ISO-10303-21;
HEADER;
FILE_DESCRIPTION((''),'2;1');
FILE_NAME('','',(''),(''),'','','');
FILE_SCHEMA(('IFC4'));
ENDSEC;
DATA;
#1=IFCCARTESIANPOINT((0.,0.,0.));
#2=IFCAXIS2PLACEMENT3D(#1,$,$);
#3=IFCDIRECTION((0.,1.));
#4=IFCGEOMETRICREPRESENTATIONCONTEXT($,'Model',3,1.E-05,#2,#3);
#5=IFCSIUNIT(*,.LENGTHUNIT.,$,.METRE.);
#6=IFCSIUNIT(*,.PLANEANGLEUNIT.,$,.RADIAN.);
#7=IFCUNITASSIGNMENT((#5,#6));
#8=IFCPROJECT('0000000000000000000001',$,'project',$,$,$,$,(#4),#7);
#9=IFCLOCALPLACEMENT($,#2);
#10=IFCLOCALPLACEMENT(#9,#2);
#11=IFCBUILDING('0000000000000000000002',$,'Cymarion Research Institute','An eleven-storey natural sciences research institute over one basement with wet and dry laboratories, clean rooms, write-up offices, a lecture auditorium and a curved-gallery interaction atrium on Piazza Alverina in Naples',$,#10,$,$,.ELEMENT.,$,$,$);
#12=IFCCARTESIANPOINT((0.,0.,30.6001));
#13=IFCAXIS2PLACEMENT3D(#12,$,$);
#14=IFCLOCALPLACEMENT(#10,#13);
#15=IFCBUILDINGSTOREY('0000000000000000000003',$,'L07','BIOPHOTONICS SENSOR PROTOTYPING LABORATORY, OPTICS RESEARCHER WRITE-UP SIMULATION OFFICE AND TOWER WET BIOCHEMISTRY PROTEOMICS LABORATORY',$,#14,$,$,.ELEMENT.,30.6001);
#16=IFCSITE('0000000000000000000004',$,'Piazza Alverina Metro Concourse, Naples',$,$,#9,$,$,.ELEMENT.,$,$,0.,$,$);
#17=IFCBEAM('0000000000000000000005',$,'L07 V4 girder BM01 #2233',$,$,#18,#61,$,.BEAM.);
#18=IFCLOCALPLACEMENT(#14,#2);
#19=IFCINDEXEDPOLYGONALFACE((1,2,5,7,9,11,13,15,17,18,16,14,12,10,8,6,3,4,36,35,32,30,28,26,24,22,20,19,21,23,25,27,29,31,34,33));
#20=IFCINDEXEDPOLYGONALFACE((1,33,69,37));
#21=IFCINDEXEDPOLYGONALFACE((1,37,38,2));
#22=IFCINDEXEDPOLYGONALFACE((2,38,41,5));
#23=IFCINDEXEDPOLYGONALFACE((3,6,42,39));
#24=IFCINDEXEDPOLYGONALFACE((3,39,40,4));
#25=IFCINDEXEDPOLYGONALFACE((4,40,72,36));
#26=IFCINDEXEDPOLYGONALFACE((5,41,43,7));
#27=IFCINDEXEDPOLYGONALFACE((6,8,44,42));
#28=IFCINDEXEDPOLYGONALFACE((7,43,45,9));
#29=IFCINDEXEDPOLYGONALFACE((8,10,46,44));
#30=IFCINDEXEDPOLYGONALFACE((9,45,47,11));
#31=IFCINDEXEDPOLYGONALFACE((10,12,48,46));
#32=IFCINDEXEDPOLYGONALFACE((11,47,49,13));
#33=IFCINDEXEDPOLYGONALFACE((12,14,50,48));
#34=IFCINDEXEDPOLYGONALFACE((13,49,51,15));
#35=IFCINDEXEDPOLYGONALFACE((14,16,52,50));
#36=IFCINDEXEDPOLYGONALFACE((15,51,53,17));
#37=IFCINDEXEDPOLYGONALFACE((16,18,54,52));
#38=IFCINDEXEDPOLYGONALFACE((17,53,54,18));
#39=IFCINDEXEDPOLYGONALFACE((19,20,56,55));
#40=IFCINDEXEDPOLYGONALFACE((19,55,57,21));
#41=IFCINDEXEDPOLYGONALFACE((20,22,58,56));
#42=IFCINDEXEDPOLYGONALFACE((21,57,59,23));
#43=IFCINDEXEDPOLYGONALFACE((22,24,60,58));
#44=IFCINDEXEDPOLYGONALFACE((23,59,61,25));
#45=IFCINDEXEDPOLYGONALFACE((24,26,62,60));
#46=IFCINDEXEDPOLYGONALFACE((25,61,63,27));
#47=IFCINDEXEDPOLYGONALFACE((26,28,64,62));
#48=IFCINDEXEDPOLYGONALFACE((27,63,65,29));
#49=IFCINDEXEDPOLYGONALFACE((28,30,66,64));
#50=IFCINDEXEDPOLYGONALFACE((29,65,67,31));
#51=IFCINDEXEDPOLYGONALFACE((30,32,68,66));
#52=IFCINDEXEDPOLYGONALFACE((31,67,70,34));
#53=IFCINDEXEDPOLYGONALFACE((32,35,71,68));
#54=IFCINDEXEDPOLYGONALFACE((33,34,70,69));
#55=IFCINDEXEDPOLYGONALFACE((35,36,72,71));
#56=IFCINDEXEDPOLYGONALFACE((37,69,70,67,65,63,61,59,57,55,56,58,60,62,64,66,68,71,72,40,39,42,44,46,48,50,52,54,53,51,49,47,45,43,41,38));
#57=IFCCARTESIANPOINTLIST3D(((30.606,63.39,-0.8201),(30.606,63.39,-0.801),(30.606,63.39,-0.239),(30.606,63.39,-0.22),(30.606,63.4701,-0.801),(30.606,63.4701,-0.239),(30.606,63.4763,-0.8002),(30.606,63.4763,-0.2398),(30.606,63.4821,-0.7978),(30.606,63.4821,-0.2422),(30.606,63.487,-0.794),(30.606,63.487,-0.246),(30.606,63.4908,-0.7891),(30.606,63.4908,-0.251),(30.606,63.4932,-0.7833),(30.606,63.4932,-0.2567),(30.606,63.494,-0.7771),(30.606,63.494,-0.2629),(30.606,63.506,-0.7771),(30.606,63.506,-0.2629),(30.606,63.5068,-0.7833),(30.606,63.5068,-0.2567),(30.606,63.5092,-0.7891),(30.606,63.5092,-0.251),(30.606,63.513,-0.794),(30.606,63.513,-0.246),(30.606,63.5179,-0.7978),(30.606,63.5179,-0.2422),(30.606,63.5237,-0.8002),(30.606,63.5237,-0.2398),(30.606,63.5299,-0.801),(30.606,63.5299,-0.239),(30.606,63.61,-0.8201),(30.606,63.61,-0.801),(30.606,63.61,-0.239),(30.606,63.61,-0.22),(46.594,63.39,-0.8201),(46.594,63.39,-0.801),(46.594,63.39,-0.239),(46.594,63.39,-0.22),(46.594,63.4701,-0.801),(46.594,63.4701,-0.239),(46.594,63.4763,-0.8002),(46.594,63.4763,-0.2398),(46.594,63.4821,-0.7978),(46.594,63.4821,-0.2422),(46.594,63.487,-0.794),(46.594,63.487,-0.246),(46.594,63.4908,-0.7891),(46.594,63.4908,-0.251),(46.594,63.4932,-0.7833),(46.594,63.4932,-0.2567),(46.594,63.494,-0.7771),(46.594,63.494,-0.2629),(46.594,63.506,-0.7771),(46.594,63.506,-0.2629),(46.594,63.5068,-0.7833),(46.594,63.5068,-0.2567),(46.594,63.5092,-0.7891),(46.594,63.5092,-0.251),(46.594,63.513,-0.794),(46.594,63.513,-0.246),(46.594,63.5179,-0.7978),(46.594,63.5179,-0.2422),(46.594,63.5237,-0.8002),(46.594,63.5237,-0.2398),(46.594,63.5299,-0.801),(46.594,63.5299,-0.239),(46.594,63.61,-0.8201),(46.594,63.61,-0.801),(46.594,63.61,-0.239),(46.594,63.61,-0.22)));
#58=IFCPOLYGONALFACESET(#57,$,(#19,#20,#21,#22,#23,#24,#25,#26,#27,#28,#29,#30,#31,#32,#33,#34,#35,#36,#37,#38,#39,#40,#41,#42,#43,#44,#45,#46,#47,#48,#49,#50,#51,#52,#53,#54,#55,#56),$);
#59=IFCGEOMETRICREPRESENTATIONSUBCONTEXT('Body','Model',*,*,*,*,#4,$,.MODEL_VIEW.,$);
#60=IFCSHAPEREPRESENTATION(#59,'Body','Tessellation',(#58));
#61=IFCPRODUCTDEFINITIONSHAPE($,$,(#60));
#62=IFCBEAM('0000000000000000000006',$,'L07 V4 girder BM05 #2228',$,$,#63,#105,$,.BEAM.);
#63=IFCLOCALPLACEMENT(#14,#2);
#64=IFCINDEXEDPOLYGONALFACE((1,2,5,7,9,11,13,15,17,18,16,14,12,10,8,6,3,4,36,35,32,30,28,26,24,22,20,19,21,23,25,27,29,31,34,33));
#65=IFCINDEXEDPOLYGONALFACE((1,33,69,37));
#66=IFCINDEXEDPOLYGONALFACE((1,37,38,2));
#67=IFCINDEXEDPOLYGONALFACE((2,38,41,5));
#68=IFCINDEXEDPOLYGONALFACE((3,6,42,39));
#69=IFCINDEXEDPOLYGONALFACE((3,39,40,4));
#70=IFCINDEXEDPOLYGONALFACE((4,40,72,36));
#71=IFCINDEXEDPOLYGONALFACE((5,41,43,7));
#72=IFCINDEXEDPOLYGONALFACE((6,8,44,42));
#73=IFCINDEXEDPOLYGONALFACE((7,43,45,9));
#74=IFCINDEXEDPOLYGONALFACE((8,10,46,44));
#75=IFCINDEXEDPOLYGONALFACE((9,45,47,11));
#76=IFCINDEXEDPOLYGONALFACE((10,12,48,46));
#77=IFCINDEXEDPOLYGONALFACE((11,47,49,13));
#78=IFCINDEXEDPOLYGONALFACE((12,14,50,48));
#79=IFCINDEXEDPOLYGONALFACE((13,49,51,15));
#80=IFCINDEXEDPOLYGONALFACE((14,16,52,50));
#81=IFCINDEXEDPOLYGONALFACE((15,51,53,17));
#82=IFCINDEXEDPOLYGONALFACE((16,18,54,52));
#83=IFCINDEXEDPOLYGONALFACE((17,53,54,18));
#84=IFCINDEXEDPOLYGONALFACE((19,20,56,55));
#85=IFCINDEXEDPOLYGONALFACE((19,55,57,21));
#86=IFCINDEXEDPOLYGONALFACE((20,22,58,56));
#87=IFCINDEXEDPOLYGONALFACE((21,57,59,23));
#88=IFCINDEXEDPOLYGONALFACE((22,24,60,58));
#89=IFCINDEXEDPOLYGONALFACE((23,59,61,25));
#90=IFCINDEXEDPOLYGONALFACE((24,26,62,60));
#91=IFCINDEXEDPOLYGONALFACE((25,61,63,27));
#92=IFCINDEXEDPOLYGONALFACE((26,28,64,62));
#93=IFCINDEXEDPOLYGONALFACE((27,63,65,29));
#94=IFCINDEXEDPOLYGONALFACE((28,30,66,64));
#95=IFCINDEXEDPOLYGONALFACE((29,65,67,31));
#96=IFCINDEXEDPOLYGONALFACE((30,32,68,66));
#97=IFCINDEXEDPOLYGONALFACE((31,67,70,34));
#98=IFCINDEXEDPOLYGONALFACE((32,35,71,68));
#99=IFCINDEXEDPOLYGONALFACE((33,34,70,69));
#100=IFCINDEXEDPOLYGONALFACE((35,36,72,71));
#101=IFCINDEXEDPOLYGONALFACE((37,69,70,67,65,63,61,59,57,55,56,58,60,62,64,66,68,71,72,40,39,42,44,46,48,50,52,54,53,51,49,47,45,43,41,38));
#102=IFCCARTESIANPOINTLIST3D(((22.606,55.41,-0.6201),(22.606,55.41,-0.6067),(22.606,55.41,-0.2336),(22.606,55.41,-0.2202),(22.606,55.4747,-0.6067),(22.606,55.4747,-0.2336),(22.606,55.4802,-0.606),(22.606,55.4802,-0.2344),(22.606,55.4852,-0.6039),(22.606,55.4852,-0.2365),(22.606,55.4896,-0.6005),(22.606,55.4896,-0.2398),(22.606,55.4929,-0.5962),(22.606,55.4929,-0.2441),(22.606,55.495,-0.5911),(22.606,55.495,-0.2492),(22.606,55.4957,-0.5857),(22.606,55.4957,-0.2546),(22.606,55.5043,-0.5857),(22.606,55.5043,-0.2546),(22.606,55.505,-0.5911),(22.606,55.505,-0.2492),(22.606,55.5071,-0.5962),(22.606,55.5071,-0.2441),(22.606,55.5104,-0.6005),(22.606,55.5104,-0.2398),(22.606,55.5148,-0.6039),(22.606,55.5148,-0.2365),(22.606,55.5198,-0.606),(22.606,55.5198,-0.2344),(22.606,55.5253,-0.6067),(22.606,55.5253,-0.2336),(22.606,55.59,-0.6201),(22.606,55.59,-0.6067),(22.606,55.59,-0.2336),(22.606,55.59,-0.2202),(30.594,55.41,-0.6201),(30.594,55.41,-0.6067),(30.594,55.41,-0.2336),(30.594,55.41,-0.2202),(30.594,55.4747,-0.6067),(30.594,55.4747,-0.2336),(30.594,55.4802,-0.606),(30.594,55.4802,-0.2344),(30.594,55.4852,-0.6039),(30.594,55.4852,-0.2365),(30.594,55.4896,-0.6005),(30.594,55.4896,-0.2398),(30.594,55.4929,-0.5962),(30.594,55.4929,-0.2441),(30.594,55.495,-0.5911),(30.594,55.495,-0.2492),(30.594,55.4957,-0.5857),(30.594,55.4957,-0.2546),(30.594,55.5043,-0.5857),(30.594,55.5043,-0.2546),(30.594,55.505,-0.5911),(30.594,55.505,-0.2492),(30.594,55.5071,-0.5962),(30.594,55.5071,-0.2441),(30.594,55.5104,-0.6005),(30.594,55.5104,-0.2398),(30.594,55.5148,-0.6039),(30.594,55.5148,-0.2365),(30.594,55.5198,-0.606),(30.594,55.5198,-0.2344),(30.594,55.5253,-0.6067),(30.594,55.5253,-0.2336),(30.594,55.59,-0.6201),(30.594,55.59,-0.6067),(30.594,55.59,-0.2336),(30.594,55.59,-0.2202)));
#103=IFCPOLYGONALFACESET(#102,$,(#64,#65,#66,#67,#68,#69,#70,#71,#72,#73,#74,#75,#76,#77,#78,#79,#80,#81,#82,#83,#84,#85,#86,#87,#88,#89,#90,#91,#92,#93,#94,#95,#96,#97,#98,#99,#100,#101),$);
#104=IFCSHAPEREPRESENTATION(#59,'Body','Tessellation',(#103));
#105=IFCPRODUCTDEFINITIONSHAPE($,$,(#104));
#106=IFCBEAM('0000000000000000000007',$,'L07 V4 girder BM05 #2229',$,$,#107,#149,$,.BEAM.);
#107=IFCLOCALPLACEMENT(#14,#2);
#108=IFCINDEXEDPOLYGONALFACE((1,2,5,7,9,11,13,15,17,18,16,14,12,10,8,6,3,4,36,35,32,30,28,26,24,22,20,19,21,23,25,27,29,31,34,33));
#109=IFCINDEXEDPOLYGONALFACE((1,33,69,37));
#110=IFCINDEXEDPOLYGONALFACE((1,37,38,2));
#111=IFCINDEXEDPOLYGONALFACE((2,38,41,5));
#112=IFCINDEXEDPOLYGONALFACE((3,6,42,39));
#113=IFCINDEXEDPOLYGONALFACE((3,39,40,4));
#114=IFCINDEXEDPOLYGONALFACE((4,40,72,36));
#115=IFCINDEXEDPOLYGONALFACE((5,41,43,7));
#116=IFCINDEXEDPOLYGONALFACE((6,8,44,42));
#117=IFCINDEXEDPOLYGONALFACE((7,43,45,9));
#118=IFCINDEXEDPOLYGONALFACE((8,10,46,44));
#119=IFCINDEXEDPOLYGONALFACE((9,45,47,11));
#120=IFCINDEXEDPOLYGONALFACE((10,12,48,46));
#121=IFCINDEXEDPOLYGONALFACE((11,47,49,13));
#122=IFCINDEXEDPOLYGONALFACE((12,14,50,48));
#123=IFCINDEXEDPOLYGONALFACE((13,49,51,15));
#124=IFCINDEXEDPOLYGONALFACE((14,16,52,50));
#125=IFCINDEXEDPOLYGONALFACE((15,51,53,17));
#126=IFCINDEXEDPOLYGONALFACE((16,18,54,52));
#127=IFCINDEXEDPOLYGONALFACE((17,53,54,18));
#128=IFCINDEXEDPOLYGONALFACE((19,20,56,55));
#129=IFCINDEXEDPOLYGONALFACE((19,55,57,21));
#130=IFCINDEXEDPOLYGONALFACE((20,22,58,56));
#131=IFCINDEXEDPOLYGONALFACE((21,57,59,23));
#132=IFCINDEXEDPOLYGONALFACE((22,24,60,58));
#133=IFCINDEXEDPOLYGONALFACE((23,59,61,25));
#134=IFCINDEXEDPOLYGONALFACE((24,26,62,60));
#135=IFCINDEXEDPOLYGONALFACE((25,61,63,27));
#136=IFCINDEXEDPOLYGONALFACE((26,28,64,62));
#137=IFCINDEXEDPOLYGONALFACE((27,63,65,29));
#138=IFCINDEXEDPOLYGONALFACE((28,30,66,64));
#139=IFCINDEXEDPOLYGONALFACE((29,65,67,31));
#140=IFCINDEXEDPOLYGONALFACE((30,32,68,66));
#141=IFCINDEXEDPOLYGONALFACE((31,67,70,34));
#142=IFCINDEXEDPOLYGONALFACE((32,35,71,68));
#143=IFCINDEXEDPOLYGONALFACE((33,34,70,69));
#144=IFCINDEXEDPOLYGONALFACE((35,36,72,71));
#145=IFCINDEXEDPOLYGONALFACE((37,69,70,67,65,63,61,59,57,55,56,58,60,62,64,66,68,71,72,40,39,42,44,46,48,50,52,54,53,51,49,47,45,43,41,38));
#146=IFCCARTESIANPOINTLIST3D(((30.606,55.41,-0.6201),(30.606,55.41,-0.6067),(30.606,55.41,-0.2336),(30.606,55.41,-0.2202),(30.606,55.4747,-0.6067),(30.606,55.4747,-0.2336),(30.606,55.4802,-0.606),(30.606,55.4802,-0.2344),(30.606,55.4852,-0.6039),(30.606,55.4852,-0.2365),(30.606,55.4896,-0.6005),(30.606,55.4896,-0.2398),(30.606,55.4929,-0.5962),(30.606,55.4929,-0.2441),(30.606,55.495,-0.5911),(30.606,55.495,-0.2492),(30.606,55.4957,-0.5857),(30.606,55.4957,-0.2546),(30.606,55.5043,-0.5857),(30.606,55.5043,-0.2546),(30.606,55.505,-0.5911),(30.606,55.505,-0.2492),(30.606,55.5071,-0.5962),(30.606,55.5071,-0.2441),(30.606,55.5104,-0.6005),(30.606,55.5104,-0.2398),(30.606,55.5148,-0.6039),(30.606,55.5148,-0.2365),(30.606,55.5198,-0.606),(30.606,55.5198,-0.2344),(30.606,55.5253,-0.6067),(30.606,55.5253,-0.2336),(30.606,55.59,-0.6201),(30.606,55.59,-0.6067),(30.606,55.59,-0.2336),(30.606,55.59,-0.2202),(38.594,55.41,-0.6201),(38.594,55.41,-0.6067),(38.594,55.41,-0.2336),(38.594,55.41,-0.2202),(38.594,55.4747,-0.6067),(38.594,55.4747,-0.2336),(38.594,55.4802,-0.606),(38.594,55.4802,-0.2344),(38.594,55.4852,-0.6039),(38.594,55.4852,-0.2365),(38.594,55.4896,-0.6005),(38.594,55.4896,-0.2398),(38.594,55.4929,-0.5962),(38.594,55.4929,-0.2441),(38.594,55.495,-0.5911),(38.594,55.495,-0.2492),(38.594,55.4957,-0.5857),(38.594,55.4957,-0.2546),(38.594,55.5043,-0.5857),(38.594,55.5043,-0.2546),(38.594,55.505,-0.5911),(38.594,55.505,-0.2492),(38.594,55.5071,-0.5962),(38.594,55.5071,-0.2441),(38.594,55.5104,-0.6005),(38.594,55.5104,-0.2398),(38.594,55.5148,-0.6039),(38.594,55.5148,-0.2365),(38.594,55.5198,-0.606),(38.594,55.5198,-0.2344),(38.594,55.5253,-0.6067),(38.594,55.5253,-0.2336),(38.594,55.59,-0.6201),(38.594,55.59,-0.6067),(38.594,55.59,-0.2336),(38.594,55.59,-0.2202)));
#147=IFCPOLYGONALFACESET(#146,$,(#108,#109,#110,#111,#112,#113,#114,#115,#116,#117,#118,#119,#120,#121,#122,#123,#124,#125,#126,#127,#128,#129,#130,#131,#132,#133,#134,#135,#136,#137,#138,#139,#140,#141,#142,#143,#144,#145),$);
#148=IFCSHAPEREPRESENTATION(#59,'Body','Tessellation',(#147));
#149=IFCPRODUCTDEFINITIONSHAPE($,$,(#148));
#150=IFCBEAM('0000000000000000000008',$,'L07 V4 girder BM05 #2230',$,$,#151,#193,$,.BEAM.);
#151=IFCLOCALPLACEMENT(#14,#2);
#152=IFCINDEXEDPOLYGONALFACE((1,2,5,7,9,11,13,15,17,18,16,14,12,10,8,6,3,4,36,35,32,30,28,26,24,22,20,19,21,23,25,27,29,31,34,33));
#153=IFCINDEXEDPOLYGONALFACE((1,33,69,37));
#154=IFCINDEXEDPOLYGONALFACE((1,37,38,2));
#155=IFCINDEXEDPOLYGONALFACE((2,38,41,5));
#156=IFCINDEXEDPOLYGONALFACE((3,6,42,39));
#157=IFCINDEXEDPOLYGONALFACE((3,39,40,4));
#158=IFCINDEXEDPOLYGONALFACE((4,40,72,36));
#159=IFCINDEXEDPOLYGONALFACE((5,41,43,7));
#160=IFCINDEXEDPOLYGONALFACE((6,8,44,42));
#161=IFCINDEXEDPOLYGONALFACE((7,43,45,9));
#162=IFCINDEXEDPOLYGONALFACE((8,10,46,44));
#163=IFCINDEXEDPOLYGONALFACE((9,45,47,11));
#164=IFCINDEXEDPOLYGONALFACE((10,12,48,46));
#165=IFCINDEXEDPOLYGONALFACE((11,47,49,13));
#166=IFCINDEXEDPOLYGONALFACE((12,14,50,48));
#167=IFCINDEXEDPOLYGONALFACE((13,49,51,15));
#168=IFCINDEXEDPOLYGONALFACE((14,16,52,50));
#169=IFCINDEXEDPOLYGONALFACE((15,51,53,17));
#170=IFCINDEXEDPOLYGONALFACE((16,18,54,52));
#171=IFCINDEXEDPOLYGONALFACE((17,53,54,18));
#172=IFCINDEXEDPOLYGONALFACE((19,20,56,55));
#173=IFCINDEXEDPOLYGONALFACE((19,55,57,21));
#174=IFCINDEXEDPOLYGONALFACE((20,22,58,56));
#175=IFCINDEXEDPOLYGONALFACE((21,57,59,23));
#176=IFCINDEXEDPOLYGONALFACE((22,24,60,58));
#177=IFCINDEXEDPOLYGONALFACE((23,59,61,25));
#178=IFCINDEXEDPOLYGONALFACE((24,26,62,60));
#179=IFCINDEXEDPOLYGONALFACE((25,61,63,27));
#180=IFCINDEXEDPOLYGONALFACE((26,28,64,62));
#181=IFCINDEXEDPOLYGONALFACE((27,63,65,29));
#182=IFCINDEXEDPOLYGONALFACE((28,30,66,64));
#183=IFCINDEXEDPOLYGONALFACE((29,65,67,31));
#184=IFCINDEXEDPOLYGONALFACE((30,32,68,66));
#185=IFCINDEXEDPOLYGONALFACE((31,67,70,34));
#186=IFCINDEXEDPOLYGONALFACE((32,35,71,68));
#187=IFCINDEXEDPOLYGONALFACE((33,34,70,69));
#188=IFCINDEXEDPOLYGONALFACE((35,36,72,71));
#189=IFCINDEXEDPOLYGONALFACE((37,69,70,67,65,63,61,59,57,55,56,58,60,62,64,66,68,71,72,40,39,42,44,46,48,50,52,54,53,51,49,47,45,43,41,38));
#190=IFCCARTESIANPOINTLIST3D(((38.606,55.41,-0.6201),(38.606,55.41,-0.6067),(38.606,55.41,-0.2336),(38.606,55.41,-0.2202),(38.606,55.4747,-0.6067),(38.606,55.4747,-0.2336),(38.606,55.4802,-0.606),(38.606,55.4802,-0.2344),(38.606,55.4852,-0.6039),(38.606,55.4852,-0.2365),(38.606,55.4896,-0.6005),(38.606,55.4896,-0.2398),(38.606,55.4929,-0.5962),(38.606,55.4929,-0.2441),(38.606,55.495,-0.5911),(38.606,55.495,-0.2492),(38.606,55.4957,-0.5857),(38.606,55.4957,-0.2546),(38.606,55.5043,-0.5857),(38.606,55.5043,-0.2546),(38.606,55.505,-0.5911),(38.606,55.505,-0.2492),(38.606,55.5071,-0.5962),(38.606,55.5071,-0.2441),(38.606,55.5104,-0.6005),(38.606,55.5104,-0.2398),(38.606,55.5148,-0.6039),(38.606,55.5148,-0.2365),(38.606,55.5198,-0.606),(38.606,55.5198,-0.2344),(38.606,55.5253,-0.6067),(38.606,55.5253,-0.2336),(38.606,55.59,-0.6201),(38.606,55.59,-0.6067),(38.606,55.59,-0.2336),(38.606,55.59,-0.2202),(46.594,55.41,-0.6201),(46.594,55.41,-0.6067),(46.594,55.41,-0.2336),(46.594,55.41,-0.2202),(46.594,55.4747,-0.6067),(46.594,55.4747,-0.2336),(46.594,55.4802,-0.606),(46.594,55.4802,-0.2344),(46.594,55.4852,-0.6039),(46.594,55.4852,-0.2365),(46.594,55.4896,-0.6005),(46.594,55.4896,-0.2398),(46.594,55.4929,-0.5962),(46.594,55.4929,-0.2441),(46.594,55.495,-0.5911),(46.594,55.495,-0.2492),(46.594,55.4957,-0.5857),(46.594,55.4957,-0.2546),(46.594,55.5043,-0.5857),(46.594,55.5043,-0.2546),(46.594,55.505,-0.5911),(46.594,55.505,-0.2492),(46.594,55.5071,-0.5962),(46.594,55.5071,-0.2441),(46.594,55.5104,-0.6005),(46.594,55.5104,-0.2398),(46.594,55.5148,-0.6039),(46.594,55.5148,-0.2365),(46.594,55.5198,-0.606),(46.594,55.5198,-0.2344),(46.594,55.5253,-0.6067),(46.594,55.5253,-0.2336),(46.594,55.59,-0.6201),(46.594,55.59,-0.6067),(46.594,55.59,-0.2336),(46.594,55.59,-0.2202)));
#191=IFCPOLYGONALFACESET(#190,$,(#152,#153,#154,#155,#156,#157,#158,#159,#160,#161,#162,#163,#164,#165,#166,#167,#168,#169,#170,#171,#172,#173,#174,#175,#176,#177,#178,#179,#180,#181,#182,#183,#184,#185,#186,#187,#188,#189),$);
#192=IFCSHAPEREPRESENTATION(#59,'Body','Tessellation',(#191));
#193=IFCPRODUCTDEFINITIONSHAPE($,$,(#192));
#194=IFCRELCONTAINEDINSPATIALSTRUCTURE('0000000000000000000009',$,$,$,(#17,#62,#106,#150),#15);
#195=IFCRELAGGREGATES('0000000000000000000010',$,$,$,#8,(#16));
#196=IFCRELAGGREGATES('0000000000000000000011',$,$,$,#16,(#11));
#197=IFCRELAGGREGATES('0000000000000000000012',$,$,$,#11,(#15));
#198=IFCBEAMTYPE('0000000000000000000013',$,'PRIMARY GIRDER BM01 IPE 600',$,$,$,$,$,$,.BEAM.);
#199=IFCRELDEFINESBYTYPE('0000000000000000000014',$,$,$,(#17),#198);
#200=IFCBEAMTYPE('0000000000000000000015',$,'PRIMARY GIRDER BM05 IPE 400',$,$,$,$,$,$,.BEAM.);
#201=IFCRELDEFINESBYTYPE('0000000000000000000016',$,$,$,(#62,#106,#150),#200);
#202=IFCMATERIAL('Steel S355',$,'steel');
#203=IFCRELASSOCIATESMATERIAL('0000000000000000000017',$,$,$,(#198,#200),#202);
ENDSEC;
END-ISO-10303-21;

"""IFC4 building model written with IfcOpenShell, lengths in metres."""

from ifc_helpers import new_model, si_unit, direction, frame, origin, origin_2d, place, context, subcontext, project, spatial, i_section, extrude, material, material_profile, profile_set, type_object, element, save


model = new_model("IFC4")

# Units and contexts
model_context = context("Model", 3, precision=1e-05, world=origin(), true_north=direction((0.0, 1.0)))
body_context = subcontext(model_context, "Body", "Model", "MODEL_VIEW")
ifc_project = project(units=[si_unit("LENGTHUNIT", "METRE"), si_unit("PLANEANGLEUNIT", "RADIAN")], contexts=[model_context])

# Site, building, storey
site_placement = place(None, origin())
site = spatial("IfcSite", under=ifc_project, at=site_placement, Name="Piazza Alverina Metro Concourse, Naples", CompositionType="ELEMENT", RefElevation=0.0)
building_placement = place(site_placement, origin())
building = spatial("IfcBuilding", under=site, at=building_placement, Name="Cymarion Research Institute", Description="An eleven-storey natural sciences research institute over one basement with wet and dry laboratories, clean rooms, write-up offices, a lecture auditorium and a curved-gallery interaction atrium on Piazza Alverina in Naples", CompositionType="ELEMENT")
storey_placement = place(building_placement, frame((0.0, 0.0, 30.6001)))
storey = spatial("IfcBuildingStorey", under=building, at=storey_placement, Name="L07", Description="BIOPHOTONICS SENSOR PROTOTYPING LABORATORY, OPTICS RESEARCHER WRITE-UP SIMULATION OFFICE AND TOWER WET BIOCHEMISTRY PROTEOMICS LABORATORY", CompositionType="ELEMENT", Elevation=30.6001)

# Shared definitions
ifc_material_1 = material(Name="Steel S355", Category="steel")

# Beams
ifc_material_profile_1 = material_profile(ifc_material_1, i_section(OverallWidth=0.22, OverallDepth=0.6001, WebThickness=0.012, FlangeThickness=0.019, FilletRadius=0.0239, at=origin_2d()), Name="IPE 600")
ifc_profile_set_1 = profile_set([ifc_material_profile_1], Name="Steel S355")
beam_type_1 = type_object("IfcBeamType", Name="PRIMARY GIRDER BM01 IPE 600", PredefinedType="BEAM", material=ifc_profile_set_1)
beam_placement = place(storey_placement, frame((30.606, 63.5, -0.52), z_axis=(1.0, 0.0, 0.0), x_axis=(0.0, 1.0, 0.0)))
element("IfcBeam", 1, at=beam_placement, inside=storey, type_object=beam_type_1, Name="L07 V4 girder BM01 #2233", PredefinedType="BEAM", context=body_context, shape_type="SweptSolid", body=[
    extrude(i_section(OverallWidth=0.22, OverallDepth=0.6001, WebThickness=0.012, FlangeThickness=0.019, FilletRadius=0.0239, at=origin_2d()), origin(), (0.0, 0.0, 1.0), 15.988),
])
ifc_material_profile_2 = material_profile(ifc_material_1, i_section(OverallWidth=0.1799, OverallDepth=0.3999, WebThickness=0.0085, FlangeThickness=0.0134, FilletRadius=0.021, at=origin_2d()), Name="IPE 400")
ifc_profile_set_2 = profile_set([ifc_material_profile_2], Name="Steel S355")
beam_type_2 = type_object("IfcBeamType", Name="PRIMARY GIRDER BM05 IPE 400", PredefinedType="BEAM", material=ifc_profile_set_2)
for number, where, z_axis, x_axis, name in (
    (2, (22.606, 55.5, -0.4202), (1.0, 0.0, 0.0), (0.0, 1.0, 0.0), "L07 V4 girder BM05 #2228"),
    (3, (30.606, 55.5, -0.4202), (1.0, 0.0, 0.0), (0.0, 1.0, 0.0), "L07 V4 girder BM05 #2229"),
    (4, (38.606, 55.5, -0.4202), (1.0, 0.0, 0.0), (0.0, 1.0, 0.0), "L07 V4 girder BM05 #2230"),
):
    element("IfcBeam", number, at=place(storey_placement, frame(where, z_axis=z_axis, x_axis=x_axis)), inside=storey, type_object=beam_type_2, Name=name, PredefinedType="BEAM", context=body_context, shape_type="SweptSolid", body=[
        extrude(i_section(OverallWidth=0.1799, OverallDepth=0.3999, WebThickness=0.0085, FlangeThickness=0.0134, FilletRadius=0.021, at=origin_2d()), origin(), (0.0, 0.0, 1.0), 7.988),
    ])

save(model, "model.ifc")
